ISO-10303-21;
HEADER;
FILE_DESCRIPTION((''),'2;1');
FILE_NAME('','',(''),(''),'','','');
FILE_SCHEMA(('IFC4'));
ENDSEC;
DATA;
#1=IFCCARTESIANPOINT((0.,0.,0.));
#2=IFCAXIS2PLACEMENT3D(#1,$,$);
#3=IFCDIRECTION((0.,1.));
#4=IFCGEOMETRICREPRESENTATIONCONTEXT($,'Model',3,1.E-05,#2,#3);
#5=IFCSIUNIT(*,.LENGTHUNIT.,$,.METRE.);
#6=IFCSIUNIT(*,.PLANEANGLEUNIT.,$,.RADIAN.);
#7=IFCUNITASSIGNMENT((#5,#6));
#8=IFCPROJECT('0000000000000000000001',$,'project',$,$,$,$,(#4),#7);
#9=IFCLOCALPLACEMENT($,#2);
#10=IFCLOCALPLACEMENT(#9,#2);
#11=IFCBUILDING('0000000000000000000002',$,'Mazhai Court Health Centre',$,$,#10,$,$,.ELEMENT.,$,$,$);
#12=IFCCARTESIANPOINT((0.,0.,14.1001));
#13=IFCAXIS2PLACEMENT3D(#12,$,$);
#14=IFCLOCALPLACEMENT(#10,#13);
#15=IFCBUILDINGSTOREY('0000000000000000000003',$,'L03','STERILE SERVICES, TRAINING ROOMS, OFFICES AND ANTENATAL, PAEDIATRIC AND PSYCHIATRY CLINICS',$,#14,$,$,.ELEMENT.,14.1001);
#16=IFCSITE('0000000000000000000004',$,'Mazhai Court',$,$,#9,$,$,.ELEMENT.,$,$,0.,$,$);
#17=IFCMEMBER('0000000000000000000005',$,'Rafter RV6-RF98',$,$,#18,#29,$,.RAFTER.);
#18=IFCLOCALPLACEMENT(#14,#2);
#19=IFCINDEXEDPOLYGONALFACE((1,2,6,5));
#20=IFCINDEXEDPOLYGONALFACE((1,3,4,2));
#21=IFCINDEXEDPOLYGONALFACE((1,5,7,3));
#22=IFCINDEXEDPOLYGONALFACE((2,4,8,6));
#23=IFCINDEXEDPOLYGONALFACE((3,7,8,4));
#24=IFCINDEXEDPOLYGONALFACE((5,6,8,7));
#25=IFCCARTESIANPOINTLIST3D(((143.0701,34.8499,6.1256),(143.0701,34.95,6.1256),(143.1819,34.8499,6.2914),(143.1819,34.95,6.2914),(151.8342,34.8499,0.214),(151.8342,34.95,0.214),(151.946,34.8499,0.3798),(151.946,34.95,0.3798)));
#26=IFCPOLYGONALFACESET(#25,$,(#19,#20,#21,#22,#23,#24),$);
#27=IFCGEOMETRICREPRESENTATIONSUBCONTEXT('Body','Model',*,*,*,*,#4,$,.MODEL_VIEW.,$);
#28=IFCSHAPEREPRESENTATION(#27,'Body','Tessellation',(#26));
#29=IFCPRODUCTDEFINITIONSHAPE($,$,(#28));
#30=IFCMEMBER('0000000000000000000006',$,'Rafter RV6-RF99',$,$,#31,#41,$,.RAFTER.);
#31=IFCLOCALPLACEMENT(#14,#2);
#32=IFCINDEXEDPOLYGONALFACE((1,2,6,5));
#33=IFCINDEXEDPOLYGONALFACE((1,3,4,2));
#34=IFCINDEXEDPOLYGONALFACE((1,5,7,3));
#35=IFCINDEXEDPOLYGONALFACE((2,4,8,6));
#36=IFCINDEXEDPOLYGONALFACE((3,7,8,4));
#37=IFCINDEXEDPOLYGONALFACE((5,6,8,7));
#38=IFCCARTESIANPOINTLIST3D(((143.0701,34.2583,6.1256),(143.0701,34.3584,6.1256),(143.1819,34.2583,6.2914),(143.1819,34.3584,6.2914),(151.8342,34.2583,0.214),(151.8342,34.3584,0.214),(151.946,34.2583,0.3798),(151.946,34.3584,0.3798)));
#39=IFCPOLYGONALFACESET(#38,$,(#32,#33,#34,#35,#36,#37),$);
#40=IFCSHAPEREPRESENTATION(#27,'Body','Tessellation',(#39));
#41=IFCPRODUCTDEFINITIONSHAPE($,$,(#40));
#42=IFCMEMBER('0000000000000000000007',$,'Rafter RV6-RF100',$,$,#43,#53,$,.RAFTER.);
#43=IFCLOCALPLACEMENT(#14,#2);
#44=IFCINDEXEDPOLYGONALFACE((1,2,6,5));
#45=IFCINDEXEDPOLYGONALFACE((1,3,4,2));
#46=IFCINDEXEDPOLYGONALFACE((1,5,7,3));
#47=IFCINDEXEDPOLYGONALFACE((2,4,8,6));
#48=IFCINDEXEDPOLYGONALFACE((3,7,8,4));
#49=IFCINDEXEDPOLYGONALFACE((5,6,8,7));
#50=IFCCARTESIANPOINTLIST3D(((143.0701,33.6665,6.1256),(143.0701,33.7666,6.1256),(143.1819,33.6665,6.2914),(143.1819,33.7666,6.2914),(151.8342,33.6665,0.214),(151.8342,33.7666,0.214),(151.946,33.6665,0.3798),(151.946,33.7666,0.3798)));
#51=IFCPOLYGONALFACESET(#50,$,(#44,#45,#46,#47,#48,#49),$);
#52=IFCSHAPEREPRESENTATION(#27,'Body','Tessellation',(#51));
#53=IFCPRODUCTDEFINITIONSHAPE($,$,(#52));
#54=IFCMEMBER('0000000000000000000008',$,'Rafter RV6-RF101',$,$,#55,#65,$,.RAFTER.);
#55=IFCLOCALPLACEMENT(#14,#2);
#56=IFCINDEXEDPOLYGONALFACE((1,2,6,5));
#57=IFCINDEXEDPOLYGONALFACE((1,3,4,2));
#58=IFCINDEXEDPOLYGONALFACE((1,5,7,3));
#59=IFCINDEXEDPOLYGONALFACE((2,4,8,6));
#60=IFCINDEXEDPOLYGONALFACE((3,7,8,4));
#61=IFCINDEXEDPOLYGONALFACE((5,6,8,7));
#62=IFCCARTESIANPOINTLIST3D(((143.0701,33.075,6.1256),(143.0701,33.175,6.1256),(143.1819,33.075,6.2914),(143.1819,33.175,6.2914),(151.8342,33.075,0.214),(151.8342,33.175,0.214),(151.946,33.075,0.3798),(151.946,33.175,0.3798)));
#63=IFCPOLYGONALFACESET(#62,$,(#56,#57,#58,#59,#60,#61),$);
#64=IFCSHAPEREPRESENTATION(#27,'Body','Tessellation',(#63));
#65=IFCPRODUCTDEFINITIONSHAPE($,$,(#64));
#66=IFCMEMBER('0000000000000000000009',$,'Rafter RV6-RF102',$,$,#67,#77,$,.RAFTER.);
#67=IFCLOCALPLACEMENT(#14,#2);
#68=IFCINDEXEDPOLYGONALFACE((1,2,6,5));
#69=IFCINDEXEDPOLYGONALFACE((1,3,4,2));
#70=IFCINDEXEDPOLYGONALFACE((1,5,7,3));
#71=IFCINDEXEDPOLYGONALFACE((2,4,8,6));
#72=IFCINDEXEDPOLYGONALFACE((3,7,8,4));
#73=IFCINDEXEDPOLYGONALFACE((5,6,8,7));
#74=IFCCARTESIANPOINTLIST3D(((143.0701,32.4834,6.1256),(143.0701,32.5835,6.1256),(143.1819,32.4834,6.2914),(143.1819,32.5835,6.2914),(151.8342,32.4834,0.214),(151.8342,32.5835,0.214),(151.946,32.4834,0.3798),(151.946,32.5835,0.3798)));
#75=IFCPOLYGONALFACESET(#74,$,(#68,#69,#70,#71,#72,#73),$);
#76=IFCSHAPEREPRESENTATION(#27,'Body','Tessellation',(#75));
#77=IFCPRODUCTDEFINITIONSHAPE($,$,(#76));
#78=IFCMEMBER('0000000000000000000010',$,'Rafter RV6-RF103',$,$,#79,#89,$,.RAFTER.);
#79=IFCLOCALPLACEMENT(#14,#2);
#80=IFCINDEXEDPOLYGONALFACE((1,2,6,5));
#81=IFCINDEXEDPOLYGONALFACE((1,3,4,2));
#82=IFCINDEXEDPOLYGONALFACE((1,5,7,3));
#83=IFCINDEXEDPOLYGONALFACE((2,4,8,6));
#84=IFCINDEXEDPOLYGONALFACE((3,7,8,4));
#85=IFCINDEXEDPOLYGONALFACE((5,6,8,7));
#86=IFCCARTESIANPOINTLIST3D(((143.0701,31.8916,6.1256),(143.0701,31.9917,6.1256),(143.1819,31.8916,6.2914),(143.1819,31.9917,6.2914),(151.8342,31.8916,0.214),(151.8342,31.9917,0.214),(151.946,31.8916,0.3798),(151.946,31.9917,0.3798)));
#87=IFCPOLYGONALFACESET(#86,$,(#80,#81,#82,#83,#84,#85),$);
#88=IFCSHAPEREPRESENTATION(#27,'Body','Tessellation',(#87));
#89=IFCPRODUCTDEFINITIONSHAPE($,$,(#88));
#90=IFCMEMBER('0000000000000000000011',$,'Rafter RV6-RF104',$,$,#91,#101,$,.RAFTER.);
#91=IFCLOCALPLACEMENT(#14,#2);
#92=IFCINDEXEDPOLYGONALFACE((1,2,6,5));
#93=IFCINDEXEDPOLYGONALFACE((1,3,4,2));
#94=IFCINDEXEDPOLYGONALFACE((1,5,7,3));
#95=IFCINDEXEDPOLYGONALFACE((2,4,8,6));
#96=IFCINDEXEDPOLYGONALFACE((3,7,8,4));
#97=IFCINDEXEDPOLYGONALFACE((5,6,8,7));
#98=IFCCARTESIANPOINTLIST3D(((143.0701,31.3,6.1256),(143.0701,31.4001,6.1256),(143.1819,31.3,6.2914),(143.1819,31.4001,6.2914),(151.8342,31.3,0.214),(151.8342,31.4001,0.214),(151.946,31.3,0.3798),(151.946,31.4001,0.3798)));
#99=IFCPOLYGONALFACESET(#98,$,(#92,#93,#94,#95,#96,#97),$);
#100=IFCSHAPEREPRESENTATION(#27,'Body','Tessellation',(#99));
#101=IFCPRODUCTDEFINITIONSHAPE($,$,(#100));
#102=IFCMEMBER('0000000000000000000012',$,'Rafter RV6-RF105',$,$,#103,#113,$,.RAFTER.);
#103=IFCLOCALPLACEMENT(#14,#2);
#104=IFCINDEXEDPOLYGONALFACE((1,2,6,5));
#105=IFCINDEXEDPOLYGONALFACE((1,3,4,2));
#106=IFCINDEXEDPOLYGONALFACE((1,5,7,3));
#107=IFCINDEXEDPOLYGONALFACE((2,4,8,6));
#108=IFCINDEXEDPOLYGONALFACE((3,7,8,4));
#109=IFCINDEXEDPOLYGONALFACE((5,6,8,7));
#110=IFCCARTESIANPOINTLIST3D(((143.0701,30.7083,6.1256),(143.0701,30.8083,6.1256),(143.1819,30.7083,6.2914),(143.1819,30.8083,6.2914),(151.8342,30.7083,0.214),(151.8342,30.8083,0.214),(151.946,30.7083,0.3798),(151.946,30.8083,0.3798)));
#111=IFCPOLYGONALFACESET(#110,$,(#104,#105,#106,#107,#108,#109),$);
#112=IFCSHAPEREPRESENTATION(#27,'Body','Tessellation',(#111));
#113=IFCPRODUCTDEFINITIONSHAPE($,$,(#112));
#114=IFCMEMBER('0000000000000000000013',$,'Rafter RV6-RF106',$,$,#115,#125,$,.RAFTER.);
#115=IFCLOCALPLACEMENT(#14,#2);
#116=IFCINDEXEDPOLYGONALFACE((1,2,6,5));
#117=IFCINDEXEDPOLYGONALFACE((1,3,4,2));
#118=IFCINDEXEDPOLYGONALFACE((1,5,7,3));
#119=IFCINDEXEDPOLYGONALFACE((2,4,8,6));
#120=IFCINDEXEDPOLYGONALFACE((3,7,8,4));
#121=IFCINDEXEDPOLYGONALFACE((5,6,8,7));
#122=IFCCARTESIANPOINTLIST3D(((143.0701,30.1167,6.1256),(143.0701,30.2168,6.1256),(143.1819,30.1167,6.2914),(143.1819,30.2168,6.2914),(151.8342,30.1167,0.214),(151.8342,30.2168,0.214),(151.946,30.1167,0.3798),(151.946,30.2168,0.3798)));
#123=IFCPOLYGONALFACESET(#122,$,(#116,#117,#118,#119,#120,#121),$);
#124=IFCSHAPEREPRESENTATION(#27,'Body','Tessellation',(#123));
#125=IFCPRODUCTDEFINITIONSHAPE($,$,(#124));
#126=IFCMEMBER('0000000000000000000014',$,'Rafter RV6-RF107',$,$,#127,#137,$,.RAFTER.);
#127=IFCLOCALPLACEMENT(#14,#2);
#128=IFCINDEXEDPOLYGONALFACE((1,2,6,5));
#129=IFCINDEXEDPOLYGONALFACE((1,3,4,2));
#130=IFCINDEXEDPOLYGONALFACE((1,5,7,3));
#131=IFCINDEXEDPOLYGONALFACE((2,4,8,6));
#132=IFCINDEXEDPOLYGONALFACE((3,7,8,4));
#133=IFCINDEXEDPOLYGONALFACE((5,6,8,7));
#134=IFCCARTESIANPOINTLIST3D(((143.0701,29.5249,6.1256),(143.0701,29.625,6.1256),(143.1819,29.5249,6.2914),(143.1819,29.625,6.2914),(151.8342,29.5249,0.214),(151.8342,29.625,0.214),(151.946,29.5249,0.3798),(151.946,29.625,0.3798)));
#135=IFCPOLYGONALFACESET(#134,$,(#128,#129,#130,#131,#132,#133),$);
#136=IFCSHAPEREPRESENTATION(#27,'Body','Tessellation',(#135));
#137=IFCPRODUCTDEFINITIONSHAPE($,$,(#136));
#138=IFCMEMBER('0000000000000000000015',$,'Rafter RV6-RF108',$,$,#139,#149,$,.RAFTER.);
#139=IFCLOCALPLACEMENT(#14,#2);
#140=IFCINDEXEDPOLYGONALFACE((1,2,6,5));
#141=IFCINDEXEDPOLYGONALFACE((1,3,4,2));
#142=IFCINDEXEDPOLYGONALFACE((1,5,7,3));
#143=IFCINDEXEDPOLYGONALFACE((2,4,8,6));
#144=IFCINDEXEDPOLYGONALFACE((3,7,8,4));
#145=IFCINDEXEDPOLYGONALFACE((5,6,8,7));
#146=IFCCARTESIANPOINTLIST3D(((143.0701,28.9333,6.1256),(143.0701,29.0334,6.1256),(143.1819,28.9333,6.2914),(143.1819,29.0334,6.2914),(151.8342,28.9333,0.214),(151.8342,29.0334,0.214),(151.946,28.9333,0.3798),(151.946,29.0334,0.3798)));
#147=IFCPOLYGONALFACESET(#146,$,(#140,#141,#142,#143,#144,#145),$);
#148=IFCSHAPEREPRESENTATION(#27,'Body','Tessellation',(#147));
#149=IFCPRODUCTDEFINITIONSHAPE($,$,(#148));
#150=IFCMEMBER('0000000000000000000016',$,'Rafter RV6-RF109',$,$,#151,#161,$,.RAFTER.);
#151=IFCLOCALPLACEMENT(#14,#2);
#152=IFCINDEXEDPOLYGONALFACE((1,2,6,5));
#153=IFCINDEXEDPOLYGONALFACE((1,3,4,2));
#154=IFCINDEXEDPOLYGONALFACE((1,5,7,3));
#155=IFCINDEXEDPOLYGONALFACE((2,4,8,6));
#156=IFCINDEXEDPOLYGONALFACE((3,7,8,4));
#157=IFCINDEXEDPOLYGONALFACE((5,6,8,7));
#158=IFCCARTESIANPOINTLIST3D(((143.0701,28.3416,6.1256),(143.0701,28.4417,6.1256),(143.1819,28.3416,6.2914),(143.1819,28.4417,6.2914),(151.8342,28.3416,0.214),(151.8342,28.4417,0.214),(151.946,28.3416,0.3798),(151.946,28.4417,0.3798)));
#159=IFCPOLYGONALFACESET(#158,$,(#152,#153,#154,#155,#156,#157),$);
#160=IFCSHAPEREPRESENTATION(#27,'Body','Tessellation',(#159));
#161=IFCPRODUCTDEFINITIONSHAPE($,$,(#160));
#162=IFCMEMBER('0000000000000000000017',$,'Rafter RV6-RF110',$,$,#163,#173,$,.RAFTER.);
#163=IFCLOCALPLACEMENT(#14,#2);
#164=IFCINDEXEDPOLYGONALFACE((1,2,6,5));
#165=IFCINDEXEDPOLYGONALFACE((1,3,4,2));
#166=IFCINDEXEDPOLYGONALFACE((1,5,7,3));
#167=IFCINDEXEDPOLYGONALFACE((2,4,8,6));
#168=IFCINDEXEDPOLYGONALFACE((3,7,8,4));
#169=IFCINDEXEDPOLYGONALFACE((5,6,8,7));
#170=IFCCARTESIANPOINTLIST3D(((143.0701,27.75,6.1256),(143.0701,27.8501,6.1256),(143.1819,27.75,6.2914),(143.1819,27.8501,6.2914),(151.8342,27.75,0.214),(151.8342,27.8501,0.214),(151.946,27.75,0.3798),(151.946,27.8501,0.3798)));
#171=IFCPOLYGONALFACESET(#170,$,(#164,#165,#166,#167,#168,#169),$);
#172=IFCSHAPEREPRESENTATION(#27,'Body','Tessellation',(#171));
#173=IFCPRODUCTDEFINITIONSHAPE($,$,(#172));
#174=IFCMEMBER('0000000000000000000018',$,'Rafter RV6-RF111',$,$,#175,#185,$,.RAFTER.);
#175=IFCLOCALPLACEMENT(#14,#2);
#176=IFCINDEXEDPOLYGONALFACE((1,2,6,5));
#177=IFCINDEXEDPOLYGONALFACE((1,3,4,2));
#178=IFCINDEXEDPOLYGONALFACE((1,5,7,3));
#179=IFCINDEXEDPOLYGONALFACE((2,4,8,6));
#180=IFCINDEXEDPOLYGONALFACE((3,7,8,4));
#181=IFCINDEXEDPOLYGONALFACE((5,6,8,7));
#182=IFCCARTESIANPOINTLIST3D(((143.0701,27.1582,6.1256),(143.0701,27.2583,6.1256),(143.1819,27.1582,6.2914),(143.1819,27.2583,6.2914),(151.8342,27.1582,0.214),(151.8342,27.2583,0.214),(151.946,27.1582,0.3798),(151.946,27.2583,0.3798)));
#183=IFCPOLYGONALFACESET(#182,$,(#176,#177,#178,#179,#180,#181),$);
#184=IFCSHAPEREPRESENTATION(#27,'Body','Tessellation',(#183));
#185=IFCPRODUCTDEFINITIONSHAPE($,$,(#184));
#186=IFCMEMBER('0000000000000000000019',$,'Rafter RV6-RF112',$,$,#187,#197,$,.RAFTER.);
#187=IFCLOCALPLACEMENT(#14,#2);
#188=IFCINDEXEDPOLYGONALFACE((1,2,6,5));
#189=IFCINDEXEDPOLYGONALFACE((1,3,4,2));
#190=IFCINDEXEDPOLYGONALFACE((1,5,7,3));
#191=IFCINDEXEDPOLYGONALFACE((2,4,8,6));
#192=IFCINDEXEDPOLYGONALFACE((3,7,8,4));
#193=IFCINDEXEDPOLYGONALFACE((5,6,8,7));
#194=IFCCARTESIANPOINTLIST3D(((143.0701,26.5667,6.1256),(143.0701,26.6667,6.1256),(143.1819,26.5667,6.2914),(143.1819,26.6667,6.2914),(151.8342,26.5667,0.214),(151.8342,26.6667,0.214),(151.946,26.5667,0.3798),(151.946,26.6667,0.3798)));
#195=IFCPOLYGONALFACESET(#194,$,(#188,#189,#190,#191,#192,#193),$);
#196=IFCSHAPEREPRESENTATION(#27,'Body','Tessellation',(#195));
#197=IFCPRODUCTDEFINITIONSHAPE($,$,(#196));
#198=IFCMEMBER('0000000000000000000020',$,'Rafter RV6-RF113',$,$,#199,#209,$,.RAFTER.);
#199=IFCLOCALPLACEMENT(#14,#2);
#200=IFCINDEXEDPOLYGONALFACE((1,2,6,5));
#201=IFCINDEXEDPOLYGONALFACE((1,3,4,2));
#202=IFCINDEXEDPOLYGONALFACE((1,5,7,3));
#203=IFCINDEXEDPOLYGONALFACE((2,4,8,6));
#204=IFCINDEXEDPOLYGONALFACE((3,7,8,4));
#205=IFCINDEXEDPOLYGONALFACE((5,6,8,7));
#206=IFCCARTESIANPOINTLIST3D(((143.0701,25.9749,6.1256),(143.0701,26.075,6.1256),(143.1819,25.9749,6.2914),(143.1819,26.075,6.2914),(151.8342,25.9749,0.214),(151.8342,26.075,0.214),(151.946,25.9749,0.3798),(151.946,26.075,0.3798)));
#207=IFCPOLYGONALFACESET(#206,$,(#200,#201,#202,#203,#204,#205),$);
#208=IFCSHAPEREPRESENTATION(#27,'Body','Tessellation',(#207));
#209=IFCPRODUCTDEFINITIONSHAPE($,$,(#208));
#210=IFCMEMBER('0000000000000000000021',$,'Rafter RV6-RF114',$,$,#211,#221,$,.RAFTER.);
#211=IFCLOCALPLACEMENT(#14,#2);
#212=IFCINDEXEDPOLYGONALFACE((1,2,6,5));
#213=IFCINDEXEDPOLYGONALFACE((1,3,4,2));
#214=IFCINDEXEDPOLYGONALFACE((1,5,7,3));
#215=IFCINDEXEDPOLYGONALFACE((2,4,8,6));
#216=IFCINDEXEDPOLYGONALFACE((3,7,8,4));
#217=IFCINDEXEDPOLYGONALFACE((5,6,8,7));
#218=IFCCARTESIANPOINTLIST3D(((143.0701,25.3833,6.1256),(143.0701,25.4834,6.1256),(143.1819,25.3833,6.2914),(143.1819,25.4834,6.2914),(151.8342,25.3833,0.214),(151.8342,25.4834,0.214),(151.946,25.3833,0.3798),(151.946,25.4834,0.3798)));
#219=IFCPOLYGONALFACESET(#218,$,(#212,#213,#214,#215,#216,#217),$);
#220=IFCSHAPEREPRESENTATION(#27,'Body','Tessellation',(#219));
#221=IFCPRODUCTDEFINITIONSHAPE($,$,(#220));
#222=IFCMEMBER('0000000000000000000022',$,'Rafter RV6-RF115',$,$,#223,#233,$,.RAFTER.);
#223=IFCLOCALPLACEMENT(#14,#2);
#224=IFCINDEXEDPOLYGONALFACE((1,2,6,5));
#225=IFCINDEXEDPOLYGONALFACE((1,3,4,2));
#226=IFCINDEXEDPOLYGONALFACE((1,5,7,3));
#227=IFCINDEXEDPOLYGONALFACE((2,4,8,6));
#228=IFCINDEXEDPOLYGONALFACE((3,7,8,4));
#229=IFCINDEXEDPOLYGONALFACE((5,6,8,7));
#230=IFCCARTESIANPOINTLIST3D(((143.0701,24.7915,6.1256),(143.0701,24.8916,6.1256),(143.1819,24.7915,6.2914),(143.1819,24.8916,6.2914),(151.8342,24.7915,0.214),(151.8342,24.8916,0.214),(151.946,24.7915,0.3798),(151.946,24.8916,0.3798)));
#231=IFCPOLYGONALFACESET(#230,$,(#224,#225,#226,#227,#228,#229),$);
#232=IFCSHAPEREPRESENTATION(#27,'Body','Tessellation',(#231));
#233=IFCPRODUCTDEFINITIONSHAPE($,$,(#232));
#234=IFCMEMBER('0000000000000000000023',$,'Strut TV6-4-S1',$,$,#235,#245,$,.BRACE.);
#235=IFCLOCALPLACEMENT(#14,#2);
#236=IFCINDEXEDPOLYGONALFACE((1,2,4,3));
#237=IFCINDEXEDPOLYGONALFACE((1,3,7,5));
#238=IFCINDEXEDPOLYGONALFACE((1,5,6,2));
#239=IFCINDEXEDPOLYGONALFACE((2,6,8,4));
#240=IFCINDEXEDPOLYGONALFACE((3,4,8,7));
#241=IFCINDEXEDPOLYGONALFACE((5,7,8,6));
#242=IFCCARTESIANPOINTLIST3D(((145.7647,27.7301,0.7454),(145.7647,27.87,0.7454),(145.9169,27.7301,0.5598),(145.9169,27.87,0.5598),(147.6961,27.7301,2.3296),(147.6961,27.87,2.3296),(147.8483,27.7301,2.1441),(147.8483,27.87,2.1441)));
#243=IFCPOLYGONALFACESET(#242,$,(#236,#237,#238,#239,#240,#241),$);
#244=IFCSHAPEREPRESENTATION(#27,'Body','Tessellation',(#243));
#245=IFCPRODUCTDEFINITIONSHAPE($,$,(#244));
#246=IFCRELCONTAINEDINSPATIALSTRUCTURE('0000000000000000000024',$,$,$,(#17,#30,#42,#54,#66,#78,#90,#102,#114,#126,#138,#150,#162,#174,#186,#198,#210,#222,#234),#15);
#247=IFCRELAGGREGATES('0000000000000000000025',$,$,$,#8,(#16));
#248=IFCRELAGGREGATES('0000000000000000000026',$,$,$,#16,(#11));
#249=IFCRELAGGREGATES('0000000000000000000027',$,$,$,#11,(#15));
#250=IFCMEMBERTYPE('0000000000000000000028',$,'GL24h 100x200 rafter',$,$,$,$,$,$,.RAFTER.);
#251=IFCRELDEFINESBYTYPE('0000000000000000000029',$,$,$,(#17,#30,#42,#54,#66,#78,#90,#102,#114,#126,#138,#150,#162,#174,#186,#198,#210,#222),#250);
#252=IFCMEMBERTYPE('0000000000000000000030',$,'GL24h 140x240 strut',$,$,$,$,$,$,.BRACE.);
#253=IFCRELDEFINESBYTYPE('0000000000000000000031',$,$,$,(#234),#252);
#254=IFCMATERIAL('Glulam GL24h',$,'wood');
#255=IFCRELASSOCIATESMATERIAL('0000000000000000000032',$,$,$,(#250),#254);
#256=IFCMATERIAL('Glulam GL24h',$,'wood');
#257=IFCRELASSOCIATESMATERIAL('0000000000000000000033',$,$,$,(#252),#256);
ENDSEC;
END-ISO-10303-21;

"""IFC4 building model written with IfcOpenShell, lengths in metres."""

from ifc_helpers import new_model, si_unit, direction, frame, origin, origin_2d, place, context, subcontext, project, spatial, rectangle, extrude, material, material_profile, profile_set, type_object, element, save


model = new_model("IFC4")

# Units and contexts
model_context = context("Model", 3, precision=1e-05, world=origin(), true_north=direction((0.0, 1.0)))
body_context = subcontext(model_context, "Body", "Model", "MODEL_VIEW")
ifc_project = project(units=[si_unit("LENGTHUNIT", "METRE"), si_unit("PLANEANGLEUNIT", "RADIAN")], contexts=[model_context])

# Site, building, storey
site_placement = place(None, origin())
site = spatial("IfcSite", under=ifc_project, at=site_placement, Name="Mazhai Court", CompositionType="ELEMENT", RefElevation=0.0)
building_placement = place(site_placement, origin())
building = spatial("IfcBuilding", under=site, at=building_placement, Name="Mazhai Court Health Centre", CompositionType="ELEMENT")
storey_placement = place(building_placement, frame((0.0, 0.0, 14.1001)))
storey = spatial("IfcBuildingStorey", under=building, at=storey_placement, Name="L03", Description="STERILE SERVICES, TRAINING ROOMS, OFFICES AND ANTENATAL, PAEDIATRIC AND PSYCHIATRY CLINICS", CompositionType="ELEMENT", Elevation=14.1001)

# Members
ifc_material_1 = material(Name="Glulam GL24h", Category="wood")
ifc_material_profile_1 = material_profile(ifc_material_1, rectangle(XDim=0.1001, YDim=0.2, at=origin_2d()), Name="GL24h 100x200")
ifc_profile_set_1 = profile_set([ifc_material_profile_1], Name="Glulam GL24h")
member_type_1 = type_object("IfcMemberType", Name="GL24h 100x200 rafter", PredefinedType="RAFTER", material=ifc_profile_set_1)
for number, where, z_axis, x_axis, name in (
    (1, (151.8901, 34.8999, 0.2969), (-0.829032, 0.0, 0.559201), (0.0, -1.0, 0.0), "Rafter RV6-RF98"),
    (2, (151.8901, 34.3083, 0.2969), (-0.829032, 0.0, 0.559201), (0.0, -1.0, 0.0), "Rafter RV6-RF99"),
    (3, (151.8901, 33.7166, 0.2969), (-0.829032, 0.0, 0.559201), (0.0, -1.0, 0.0), "Rafter RV6-RF100"),
    (4, (151.8901, 33.125, 0.2969), (-0.829032, 0.0, 0.559201), (0.0, -1.0, 0.0), "Rafter RV6-RF101"),
    (5, (151.8901, 32.5334, 0.2969), (-0.829032, 0.0, 0.559201), (0.0, -1.0, 0.0), "Rafter RV6-RF102"),
    (6, (151.8901, 31.9417, 0.2969), (-0.829032, 0.0, 0.559201), (0.0, -1.0, 0.0), "Rafter RV6-RF103"),
    (7, (151.8901, 31.3501, 0.2969), (-0.829032, 0.0, 0.559201), (0.0, -1.0, 0.0), "Rafter RV6-RF104"),
    (8, (151.8901, 30.7583, 0.2969), (-0.829032, 0.0, 0.559201), (0.0, -1.0, 0.0), "Rafter RV6-RF105"),
    (9, (151.8901, 30.1667, 0.2969), (-0.829032, 0.0, 0.559201), (0.0, -1.0, 0.0), "Rafter RV6-RF106"),
    (10, (151.8901, 29.575, 0.2969), (-0.829032, 0.0, 0.559201), (0.0, -1.0, 0.0), "Rafter RV6-RF107"),
    (11, (151.8901, 28.9834, 0.2969), (-0.829032, 0.0, 0.559201), (0.0, -1.0, 0.0), "Rafter RV6-RF108"),
    (12, (151.8901, 28.3916, 0.2969), (-0.829032, 0.0, 0.559201), (0.0, -1.0, 0.0), "Rafter RV6-RF109"),
    (13, (151.8901, 27.8, 0.2969), (-0.829032, 0.0, 0.559201), (0.0, -1.0, 0.0), "Rafter RV6-RF110"),
    (14, (151.8901, 27.2083, 0.2969), (-0.829032, 0.0, 0.559201), (0.0, -1.0, 0.0), "Rafter RV6-RF111"),
    (15, (151.8901, 26.6167, 0.2969), (-0.829032, 0.0, 0.559201), (0.0, -1.0, 0.0), "Rafter RV6-RF112"),
    (16, (151.8901, 26.0249, 0.2969), (-0.829032, 0.0, 0.559201), (0.0, -1.0, 0.0), "Rafter RV6-RF113"),
    (17, (151.8901, 25.4333, 0.2969), (-0.829032, 0.0, 0.559201), (0.0, -1.0, 0.0), "Rafter RV6-RF114"),
    (18, (151.8901, 24.8416, 0.2969), (-0.829032, 0.0, 0.559201), (0.0, -1.0, 0.0), "Rafter RV6-RF115"),
):
    element("IfcMember", number, at=place(storey_placement, frame(where, z_axis=z_axis, x_axis=x_axis)), inside=storey, type_object=member_type_1, Name=name, PredefinedType="RAFTER", context=body_context, shape_type="SweptSolid", body=[
        extrude(rectangle(XDim=0.1001, YDim=0.2, at=origin_2d()), origin(), (0.0, 0.0, 1.0), 10.5715),
    ])
ifc_material_2 = material(Name="Glulam GL24h", Category="wood")
ifc_material_profile_2 = material_profile(ifc_material_2, rectangle(XDim=0.1399, YDim=0.24, at=origin_2d()), Name="GL24h 140x240")
ifc_profile_set_2 = profile_set([ifc_material_profile_2], Name="Glulam GL24h")
member_type_2 = type_object("IfcMemberType", Name="GL24h 140x240 strut", PredefinedType="BRACE", material=ifc_profile_set_2)
member_1_placement = place(storey_placement, frame((145.8408, 27.8, 0.6526), z_axis=(0.773173, 0.0, 0.634195), x_axis=(0.0, 1.0, 0.0)))
element("IfcMember", 19, at=member_1_placement, inside=storey, type_object=member_type_2, Name="Strut TV6-4-S1", PredefinedType="BRACE", context=body_context, shape_type="SweptSolid", body=[
    extrude(rectangle(XDim=0.1399, YDim=0.24, at=origin_2d()), origin(), (0.0, 0.0, 1.0), 2.498),
])

save(model, "model.ifc")
